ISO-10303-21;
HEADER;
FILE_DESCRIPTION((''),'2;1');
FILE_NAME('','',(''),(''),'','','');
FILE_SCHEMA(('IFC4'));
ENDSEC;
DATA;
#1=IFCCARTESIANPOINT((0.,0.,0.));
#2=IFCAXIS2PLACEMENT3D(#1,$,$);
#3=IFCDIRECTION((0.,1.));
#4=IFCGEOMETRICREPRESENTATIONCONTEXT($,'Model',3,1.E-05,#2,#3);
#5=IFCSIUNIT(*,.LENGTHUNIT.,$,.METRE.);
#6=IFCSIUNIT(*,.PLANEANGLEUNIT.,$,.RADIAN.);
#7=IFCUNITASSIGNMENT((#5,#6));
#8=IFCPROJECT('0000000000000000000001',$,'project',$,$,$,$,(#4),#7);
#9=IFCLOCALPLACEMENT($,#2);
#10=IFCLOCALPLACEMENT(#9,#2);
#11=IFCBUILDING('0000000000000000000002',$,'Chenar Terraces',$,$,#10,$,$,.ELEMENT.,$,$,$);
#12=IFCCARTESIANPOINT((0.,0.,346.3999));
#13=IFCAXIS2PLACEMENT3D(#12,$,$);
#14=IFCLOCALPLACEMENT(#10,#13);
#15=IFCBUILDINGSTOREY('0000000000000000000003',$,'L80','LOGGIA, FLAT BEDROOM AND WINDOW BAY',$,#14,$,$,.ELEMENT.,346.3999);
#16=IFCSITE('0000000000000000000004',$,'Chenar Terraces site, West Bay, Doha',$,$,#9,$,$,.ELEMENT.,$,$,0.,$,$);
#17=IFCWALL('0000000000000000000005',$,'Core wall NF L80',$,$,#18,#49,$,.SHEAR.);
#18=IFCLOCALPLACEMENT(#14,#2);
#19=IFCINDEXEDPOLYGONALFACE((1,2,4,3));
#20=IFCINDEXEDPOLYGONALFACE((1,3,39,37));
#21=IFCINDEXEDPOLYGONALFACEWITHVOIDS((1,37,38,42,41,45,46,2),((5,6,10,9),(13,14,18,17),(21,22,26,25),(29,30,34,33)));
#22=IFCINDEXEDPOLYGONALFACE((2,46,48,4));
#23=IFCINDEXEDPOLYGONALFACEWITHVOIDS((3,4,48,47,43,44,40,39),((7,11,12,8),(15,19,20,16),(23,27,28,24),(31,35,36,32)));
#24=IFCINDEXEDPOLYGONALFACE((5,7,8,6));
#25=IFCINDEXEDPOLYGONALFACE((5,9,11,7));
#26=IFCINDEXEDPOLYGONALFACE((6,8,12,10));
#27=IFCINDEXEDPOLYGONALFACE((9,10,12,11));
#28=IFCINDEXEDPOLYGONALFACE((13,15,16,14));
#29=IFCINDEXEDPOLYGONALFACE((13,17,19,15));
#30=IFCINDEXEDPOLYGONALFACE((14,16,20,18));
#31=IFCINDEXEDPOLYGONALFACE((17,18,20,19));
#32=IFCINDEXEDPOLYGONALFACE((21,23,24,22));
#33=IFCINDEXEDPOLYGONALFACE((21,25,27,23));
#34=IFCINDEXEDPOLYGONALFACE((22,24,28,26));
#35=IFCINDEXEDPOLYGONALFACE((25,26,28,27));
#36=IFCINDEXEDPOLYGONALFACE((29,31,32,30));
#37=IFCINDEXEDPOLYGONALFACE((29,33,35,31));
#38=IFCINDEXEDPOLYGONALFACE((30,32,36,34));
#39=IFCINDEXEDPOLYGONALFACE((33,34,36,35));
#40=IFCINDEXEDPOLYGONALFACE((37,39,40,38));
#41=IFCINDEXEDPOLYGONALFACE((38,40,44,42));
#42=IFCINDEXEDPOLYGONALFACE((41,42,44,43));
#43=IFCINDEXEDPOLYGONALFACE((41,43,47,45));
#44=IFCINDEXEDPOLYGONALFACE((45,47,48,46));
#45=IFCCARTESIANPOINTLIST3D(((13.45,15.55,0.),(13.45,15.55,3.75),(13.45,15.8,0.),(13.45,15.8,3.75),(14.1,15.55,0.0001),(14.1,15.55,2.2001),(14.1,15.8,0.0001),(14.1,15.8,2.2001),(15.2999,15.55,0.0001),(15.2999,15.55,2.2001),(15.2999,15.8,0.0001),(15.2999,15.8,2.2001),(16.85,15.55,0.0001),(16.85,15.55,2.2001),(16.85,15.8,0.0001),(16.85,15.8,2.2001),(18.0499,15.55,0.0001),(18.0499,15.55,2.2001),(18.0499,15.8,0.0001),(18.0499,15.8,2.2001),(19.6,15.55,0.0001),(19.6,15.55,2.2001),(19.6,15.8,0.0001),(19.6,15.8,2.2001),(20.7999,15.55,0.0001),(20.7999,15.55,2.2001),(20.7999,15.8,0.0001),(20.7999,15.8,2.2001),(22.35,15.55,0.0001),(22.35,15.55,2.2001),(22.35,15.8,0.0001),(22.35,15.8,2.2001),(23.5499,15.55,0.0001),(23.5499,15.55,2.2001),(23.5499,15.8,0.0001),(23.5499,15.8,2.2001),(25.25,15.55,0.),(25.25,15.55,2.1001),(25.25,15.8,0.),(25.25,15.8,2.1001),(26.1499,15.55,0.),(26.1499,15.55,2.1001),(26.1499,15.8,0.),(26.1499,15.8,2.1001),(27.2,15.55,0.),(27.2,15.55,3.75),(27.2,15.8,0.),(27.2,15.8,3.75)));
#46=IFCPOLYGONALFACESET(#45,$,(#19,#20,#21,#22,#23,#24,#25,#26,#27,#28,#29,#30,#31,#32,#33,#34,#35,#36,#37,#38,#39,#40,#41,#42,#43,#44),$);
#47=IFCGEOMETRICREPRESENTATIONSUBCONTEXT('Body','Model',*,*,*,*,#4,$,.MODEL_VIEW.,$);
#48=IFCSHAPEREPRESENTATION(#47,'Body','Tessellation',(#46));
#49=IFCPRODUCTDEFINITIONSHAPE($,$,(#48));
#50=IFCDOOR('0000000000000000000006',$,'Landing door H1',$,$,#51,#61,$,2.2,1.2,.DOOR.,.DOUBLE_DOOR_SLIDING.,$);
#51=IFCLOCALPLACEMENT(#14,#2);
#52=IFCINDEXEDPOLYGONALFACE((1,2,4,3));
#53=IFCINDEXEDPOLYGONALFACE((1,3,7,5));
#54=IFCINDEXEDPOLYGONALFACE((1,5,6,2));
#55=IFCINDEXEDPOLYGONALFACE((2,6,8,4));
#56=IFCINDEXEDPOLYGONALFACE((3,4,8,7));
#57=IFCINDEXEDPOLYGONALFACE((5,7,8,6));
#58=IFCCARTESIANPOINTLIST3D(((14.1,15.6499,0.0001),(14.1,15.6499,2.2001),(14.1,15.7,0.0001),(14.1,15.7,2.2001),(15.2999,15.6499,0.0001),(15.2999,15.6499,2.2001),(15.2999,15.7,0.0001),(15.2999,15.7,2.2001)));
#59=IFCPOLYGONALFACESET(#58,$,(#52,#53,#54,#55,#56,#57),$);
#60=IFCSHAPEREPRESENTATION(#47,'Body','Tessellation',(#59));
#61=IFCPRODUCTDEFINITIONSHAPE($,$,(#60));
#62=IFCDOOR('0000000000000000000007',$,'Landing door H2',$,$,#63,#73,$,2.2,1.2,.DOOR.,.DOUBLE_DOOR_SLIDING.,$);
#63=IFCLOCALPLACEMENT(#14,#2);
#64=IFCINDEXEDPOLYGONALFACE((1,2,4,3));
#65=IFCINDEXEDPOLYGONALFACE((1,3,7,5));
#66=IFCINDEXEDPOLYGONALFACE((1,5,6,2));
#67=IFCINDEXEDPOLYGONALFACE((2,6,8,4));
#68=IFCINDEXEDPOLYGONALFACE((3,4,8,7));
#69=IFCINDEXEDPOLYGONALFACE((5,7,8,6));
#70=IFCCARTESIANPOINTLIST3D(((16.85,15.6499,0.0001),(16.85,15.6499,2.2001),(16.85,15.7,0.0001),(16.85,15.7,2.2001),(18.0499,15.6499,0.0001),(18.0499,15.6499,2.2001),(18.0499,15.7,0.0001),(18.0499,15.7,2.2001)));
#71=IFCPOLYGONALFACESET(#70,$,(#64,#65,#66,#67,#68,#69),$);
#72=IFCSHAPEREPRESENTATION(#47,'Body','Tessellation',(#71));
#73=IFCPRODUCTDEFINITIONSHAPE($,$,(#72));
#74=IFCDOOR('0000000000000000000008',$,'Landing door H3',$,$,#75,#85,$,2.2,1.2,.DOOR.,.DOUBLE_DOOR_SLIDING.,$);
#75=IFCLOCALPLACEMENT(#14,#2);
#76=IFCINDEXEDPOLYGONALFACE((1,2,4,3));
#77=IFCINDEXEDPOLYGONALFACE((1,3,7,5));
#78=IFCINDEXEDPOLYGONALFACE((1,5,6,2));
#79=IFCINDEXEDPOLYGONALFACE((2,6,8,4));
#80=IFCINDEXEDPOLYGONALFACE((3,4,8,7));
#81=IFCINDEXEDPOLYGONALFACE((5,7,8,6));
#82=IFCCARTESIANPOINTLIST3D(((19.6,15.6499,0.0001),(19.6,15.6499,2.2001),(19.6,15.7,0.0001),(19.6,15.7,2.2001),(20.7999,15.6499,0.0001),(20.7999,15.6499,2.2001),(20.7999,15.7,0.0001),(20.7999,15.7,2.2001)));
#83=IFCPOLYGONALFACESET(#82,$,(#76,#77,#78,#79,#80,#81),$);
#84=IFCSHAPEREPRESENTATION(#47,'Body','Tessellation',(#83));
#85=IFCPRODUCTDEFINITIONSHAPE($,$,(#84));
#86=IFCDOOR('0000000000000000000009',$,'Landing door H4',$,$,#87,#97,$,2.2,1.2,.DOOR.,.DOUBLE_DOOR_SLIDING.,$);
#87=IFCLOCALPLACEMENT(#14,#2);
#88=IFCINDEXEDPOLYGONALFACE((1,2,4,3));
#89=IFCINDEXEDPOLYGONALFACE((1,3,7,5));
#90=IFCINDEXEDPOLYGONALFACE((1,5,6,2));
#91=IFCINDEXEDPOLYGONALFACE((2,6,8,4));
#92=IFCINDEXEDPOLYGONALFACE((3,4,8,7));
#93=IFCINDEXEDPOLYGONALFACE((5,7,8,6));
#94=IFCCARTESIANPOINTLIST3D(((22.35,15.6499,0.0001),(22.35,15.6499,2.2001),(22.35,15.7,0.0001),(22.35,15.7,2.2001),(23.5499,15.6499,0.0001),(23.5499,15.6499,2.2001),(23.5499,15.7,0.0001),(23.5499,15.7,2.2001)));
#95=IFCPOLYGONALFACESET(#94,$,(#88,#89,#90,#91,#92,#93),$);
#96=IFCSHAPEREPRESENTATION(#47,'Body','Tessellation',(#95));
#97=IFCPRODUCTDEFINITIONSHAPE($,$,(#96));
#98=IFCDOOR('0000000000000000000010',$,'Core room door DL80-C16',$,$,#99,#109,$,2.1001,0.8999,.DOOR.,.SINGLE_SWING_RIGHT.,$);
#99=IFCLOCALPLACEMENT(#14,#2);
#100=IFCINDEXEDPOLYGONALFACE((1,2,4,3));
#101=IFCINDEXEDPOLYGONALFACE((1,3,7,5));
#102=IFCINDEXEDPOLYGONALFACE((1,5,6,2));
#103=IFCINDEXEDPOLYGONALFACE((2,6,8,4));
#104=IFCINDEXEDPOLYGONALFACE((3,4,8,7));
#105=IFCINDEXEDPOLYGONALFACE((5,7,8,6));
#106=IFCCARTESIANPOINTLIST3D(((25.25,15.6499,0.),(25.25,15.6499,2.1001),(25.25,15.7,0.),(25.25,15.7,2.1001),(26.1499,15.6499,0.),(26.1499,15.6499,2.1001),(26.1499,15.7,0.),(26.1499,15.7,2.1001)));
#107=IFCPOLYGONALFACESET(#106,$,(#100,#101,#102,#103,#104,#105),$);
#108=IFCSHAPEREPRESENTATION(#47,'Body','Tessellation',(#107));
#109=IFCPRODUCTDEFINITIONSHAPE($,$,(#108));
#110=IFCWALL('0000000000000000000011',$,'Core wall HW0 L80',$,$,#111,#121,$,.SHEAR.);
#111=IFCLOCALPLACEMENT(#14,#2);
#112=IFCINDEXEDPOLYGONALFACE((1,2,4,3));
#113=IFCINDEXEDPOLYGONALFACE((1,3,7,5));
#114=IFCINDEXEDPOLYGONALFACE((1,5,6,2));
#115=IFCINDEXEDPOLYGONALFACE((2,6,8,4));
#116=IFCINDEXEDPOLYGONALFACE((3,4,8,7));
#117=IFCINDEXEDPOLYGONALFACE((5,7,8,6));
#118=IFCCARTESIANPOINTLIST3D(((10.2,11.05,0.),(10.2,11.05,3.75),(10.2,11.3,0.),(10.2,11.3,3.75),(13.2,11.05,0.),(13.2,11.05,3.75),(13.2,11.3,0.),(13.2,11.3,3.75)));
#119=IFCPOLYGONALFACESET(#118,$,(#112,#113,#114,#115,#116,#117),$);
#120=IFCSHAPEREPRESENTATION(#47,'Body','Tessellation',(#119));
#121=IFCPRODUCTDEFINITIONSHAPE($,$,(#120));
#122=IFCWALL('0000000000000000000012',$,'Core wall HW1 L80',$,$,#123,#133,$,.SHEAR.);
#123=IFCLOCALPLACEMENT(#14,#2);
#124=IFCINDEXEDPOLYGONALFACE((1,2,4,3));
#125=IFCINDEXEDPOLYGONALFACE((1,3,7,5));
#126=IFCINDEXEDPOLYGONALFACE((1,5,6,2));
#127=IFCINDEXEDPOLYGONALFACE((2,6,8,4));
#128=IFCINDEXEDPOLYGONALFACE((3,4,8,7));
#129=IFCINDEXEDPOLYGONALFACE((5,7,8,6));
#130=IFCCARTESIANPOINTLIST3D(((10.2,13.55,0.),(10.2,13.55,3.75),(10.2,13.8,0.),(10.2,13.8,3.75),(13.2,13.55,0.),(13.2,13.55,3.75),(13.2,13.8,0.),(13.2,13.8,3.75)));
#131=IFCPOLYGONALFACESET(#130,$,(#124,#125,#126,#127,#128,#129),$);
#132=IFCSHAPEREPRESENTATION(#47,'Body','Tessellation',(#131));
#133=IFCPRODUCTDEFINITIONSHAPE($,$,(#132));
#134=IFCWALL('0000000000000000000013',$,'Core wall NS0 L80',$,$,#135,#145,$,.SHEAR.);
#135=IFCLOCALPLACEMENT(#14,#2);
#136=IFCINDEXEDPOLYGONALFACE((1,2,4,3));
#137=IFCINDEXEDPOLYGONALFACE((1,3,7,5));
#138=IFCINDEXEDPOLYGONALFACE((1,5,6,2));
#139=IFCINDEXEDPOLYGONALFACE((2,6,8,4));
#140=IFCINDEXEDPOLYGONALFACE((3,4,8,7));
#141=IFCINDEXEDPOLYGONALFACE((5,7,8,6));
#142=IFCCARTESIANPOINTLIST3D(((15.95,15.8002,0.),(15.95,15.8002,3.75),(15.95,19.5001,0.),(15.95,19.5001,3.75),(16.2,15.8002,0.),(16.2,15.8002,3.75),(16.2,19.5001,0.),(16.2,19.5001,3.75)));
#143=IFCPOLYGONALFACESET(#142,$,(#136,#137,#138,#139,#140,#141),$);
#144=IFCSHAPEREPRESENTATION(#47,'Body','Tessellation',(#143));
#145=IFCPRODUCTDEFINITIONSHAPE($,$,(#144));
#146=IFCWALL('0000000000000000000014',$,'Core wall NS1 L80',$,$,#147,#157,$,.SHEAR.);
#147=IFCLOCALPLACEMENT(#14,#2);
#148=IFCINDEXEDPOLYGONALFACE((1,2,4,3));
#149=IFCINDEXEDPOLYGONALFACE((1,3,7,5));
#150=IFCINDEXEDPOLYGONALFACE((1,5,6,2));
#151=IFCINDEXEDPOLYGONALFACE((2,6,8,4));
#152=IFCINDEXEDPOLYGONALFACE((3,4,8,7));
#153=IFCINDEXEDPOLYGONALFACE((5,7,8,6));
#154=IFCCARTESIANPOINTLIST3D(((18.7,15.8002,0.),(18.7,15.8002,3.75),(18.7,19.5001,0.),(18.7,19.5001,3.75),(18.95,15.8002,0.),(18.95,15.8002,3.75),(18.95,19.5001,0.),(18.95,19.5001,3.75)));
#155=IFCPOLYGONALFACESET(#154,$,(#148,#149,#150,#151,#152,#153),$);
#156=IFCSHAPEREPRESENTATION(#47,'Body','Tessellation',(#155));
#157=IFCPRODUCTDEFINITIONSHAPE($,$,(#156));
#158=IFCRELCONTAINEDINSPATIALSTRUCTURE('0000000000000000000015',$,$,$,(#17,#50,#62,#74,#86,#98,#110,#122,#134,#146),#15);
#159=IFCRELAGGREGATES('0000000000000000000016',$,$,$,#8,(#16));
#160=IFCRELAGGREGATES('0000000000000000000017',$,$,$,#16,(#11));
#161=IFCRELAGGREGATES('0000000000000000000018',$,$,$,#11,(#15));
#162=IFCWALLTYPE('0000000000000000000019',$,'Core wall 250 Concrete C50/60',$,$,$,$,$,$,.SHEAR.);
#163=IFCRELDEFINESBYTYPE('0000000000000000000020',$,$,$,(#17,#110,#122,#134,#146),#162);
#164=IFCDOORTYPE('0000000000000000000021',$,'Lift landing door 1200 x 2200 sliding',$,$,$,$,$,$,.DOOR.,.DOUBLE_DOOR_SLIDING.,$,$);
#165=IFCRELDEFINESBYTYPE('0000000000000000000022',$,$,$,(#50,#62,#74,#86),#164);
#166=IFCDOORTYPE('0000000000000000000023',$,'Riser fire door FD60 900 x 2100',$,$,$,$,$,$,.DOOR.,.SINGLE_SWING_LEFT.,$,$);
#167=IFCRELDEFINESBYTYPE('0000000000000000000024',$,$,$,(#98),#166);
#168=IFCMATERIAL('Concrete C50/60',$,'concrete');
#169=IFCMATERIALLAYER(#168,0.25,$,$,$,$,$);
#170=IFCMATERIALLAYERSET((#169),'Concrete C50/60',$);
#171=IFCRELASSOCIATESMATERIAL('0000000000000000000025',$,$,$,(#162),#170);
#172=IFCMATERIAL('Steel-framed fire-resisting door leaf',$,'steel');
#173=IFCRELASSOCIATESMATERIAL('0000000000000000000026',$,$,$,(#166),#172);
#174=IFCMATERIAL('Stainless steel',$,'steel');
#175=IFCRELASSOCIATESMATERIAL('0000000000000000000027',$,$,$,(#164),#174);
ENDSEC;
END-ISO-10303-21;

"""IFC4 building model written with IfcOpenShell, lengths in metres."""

from ifc_helpers import new_model, si_unit, direction, frame, frame_2d, origin, place, context, subcontext, project, spatial, rectangle, extrude, material, layer, layer_set, type_object, element, fill, save


model = new_model("IFC4")

# Units and contexts
model_context = context("Model", 3, precision=1e-05, world=origin(), true_north=direction((0.0, 1.0)))
body_context = subcontext(model_context, "Body", "Model", "MODEL_VIEW")
ifc_project = project(units=[si_unit("LENGTHUNIT", "METRE"), si_unit("PLANEANGLEUNIT", "RADIAN")], contexts=[model_context])

# Site, building, storey
site_placement = place(None, origin())
site = spatial("IfcSite", under=ifc_project, at=site_placement, Name="Chenar Terraces site, West Bay, Doha", CompositionType="ELEMENT", RefElevation=0.0)
building_placement = place(site_placement, origin())
building = spatial("IfcBuilding", under=site, at=building_placement, Name="Chenar Terraces", CompositionType="ELEMENT")
storey_placement = place(building_placement, frame((0.0, 0.0, 346.3999)))
storey = spatial("IfcBuildingStorey", under=building, at=storey_placement, Name="L80", Description="LOGGIA, FLAT BEDROOM AND WINDOW BAY", CompositionType="ELEMENT", Elevation=346.3999)

# Wall, openings, doors
ifc_material_1 = material(Name="Concrete C50/60", Category="concrete")
ifc_layer_1 = layer(ifc_material_1, 0.25)
ifc_layer_set_1 = layer_set([ifc_layer_1], Name="Concrete C50/60")
wall_type_1 = type_object("IfcWallType", Name="Core wall 250 Concrete C50/60", PredefinedType="SHEAR", material=ifc_layer_set_1)
ifc_material_2 = material(Name="Steel-framed fire-resisting door leaf", Category="steel")
door_type_1 = type_object("IfcDoorType", Name="Riser fire door FD60 900 x 2100", OperationType="SINGLE_SWING_LEFT", PredefinedType="DOOR", material=ifc_material_2)
wall_1_placement = place(storey_placement, frame((13.45, 15.675, 0.0), z_axis=(0.0, 0.0, 1.0), x_axis=(1.0, 0.0, 0.0)))
wall_1 = element("IfcWall", 1, at=wall_1_placement, inside=storey, type_object=wall_type_1, Name="Core wall NF L80", PredefinedType="SHEAR", context=body_context, shape_type="SweptSolid", body=[
    extrude(rectangle(XDim=13.75, YDim=0.25, at=frame_2d((6.875, 0.0))), origin(), (0.0, 0.0, 1.0), 3.75),
])
opening_1_placement = place(wall_1_placement, frame((0.6499, 0.0, 0.0)))
opening_1 = element("IfcOpeningElement", 2, at=opening_1_placement, cuts=wall_1, PredefinedType="OPENING", context=body_context, shape_type="SweptSolid", body=[
    extrude(rectangle(XDim=1.2, YDim=2.2, at=frame_2d((0.6001, 1.1001))), frame((0.0, 0.135, 0.0), z_axis=(0.0, -1.0, 0.0), x_axis=(1.0, 0.0, 0.0)), (0.0, 0.0, 1.0), 0.27),
])
opening_2_placement = place(wall_1_placement, frame((3.3999, 0.0, 0.0)))
opening_2 = element("IfcOpeningElement", 3, at=opening_2_placement, cuts=wall_1, PredefinedType="OPENING", context=body_context, shape_type="SweptSolid", body=[
    extrude(rectangle(XDim=1.2, YDim=2.2, at=frame_2d((0.6001, 1.1001))), frame((0.0, 0.135, 0.0), z_axis=(0.0, -1.0, 0.0), x_axis=(1.0, 0.0, 0.0)), (0.0, 0.0, 1.0), 0.27),
])
opening_3_placement = place(wall_1_placement, frame((6.1499, 0.0, 0.0)))
opening_3 = element("IfcOpeningElement", 4, at=opening_3_placement, cuts=wall_1, PredefinedType="OPENING", context=body_context, shape_type="SweptSolid", body=[
    extrude(rectangle(XDim=1.2, YDim=2.2, at=frame_2d((0.6001, 1.1001))), frame((0.0, 0.135, 0.0), z_axis=(0.0, -1.0, 0.0), x_axis=(1.0, 0.0, 0.0)), (0.0, 0.0, 1.0), 0.27),
])
opening_4_placement = place(wall_1_placement, frame((8.8999, 0.0, 0.0)))
opening_4 = element("IfcOpeningElement", 5, at=opening_4_placement, cuts=wall_1, PredefinedType="OPENING", context=body_context, shape_type="SweptSolid", body=[
    extrude(rectangle(XDim=1.2, YDim=2.2, at=frame_2d((0.6001, 1.1001))), frame((0.0, 0.135, 0.0), z_axis=(0.0, -1.0, 0.0), x_axis=(1.0, 0.0, 0.0)), (0.0, 0.0, 1.0), 0.27),
])
opening_5_placement = place(wall_1_placement, frame((11.8, 0.0, 0.0)))
opening_5 = element("IfcOpeningElement", 6, at=opening_5_placement, cuts=wall_1, PredefinedType="OPENING", context=body_context, shape_type="SweptSolid", body=[
    extrude(rectangle(XDim=0.8999, YDim=2.1001, at=frame_2d((0.45, 1.05))), frame((0.0, 0.135, 0.0), z_axis=(0.0, -1.0, 0.0), x_axis=(1.0, 0.0, 0.0)), (0.0, 0.0, 1.0), 0.27),
])
ifc_material_3 = material(Name="Stainless steel", Category="steel")
door_type_2 = type_object("IfcDoorType", Name="Lift landing door 1200 x 2200 sliding", OperationType="DOUBLE_DOOR_SLIDING", PredefinedType="DOOR", material=ifc_material_3)
door_1_placement = place(opening_1_placement, origin())
door_1 = element("IfcDoor", 7, at=door_1_placement, inside=storey, type_object=door_type_2, Name="Landing door H1", OperationType="DOUBLE_DOOR_SLIDING", OverallHeight=2.2, OverallWidth=1.2, PredefinedType="DOOR", context=body_context, shape_type="SweptSolid", body=[
    extrude(rectangle(XDim=1.2, YDim=2.2, at=frame_2d((0.6001, 1.1001))), frame((0.0, 0.0249, 0.0), z_axis=(0.0, -1.0, 0.0), x_axis=(1.0, 0.0, 0.0)), (0.0, 0.0, 1.0), 0.05),
])
fill(opening_1, door_1)
door_2_placement = place(opening_2_placement, origin())
door_2 = element("IfcDoor", 8, at=door_2_placement, inside=storey, type_object=door_type_2, Name="Landing door H2", OperationType="DOUBLE_DOOR_SLIDING", OverallHeight=2.2, OverallWidth=1.2, PredefinedType="DOOR", context=body_context, shape_type="SweptSolid", body=[
    extrude(rectangle(XDim=1.2, YDim=2.2, at=frame_2d((0.6001, 1.1001))), frame((0.0, 0.0249, 0.0), z_axis=(0.0, -1.0, 0.0), x_axis=(1.0, 0.0, 0.0)), (0.0, 0.0, 1.0), 0.05),
])
fill(opening_2, door_2)
door_3_placement = place(opening_3_placement, origin())
door_3 = element("IfcDoor", 9, at=door_3_placement, inside=storey, type_object=door_type_2, Name="Landing door H3", OperationType="DOUBLE_DOOR_SLIDING", OverallHeight=2.2, OverallWidth=1.2, PredefinedType="DOOR", context=body_context, shape_type="SweptSolid", body=[
    extrude(rectangle(XDim=1.2, YDim=2.2, at=frame_2d((0.6001, 1.1001))), frame((0.0, 0.0249, 0.0), z_axis=(0.0, -1.0, 0.0), x_axis=(1.0, 0.0, 0.0)), (0.0, 0.0, 1.0), 0.05),
])
fill(opening_3, door_3)
door_4_placement = place(opening_4_placement, origin())
door_4 = element("IfcDoor", 10, at=door_4_placement, inside=storey, type_object=door_type_2, Name="Landing door H4", OperationType="DOUBLE_DOOR_SLIDING", OverallHeight=2.2, OverallWidth=1.2, PredefinedType="DOOR", context=body_context, shape_type="SweptSolid", body=[
    extrude(rectangle(XDim=1.2, YDim=2.2, at=frame_2d((0.6001, 1.1001))), frame((0.0, 0.0249, 0.0), z_axis=(0.0, -1.0, 0.0), x_axis=(1.0, 0.0, 0.0)), (0.0, 0.0, 1.0), 0.05),
])
fill(opening_4, door_4)
door_5_placement = place(opening_5_placement, origin())
door_5 = element("IfcDoor", 11, at=door_5_placement, inside=storey, type_object=door_type_1, Name="Core room door DL80-C16", OperationType="SINGLE_SWING_RIGHT", OverallHeight=2.1001, OverallWidth=0.8999, PredefinedType="DOOR", context=body_context, shape_type="SweptSolid", body=[
    extrude(rectangle(XDim=0.8999, YDim=2.1001, at=frame_2d((0.45, 1.05))), frame((0.0, 0.0249, 0.0), z_axis=(0.0, -1.0, 0.0), x_axis=(1.0, 0.0, 0.0)), (0.0, 0.0, 1.0), 0.05),
])
fill(opening_5, door_5)

# Walls
for number, where, z_axis, x_axis, name in (
    (12, (10.2, 11.175, 0.0), (0.0, 0.0, 1.0), (1.0, 0.0, 0.0), "Core wall HW0 L80"),
    (13, (10.2, 13.675, 0.0), (0.0, 0.0, 1.0), (1.0, 0.0, 0.0), "Core wall HW1 L80"),
):
    element("IfcWall", number, at=place(storey_placement, frame(where, z_axis=z_axis, x_axis=x_axis)), inside=storey, type_object=wall_type_1, Name=name, PredefinedType="SHEAR", context=body_context, shape_type="SweptSolid", body=[
        extrude(rectangle(XDim=3.0, YDim=0.25, at=frame_2d((1.5, 0.0))), origin(), (0.0, 0.0, 1.0), 3.75),
    ])
for number, where, z_axis, x_axis, name in (
    (14, (16.075, 15.8, 0.0), (0.0, 0.0, 1.0), (0.0, 1.0, 0.0), "Core wall NS0 L80"),
    (15, (18.825, 15.8, 0.0), (0.0, 0.0, 1.0), (0.0, 1.0, 0.0), "Core wall NS1 L80"),
):
    element("IfcWall", number, at=place(storey_placement, frame(where, z_axis=z_axis, x_axis=x_axis)), inside=storey, type_object=wall_type_1, Name=name, PredefinedType="SHEAR", context=body_context, shape_type="SweptSolid", body=[
        extrude(rectangle(XDim=3.7, YDim=0.25, at=frame_2d((1.8501, 0.0))), origin(), (0.0, 0.0, 1.0), 3.75),
    ])

save(model, "model.ifc")
